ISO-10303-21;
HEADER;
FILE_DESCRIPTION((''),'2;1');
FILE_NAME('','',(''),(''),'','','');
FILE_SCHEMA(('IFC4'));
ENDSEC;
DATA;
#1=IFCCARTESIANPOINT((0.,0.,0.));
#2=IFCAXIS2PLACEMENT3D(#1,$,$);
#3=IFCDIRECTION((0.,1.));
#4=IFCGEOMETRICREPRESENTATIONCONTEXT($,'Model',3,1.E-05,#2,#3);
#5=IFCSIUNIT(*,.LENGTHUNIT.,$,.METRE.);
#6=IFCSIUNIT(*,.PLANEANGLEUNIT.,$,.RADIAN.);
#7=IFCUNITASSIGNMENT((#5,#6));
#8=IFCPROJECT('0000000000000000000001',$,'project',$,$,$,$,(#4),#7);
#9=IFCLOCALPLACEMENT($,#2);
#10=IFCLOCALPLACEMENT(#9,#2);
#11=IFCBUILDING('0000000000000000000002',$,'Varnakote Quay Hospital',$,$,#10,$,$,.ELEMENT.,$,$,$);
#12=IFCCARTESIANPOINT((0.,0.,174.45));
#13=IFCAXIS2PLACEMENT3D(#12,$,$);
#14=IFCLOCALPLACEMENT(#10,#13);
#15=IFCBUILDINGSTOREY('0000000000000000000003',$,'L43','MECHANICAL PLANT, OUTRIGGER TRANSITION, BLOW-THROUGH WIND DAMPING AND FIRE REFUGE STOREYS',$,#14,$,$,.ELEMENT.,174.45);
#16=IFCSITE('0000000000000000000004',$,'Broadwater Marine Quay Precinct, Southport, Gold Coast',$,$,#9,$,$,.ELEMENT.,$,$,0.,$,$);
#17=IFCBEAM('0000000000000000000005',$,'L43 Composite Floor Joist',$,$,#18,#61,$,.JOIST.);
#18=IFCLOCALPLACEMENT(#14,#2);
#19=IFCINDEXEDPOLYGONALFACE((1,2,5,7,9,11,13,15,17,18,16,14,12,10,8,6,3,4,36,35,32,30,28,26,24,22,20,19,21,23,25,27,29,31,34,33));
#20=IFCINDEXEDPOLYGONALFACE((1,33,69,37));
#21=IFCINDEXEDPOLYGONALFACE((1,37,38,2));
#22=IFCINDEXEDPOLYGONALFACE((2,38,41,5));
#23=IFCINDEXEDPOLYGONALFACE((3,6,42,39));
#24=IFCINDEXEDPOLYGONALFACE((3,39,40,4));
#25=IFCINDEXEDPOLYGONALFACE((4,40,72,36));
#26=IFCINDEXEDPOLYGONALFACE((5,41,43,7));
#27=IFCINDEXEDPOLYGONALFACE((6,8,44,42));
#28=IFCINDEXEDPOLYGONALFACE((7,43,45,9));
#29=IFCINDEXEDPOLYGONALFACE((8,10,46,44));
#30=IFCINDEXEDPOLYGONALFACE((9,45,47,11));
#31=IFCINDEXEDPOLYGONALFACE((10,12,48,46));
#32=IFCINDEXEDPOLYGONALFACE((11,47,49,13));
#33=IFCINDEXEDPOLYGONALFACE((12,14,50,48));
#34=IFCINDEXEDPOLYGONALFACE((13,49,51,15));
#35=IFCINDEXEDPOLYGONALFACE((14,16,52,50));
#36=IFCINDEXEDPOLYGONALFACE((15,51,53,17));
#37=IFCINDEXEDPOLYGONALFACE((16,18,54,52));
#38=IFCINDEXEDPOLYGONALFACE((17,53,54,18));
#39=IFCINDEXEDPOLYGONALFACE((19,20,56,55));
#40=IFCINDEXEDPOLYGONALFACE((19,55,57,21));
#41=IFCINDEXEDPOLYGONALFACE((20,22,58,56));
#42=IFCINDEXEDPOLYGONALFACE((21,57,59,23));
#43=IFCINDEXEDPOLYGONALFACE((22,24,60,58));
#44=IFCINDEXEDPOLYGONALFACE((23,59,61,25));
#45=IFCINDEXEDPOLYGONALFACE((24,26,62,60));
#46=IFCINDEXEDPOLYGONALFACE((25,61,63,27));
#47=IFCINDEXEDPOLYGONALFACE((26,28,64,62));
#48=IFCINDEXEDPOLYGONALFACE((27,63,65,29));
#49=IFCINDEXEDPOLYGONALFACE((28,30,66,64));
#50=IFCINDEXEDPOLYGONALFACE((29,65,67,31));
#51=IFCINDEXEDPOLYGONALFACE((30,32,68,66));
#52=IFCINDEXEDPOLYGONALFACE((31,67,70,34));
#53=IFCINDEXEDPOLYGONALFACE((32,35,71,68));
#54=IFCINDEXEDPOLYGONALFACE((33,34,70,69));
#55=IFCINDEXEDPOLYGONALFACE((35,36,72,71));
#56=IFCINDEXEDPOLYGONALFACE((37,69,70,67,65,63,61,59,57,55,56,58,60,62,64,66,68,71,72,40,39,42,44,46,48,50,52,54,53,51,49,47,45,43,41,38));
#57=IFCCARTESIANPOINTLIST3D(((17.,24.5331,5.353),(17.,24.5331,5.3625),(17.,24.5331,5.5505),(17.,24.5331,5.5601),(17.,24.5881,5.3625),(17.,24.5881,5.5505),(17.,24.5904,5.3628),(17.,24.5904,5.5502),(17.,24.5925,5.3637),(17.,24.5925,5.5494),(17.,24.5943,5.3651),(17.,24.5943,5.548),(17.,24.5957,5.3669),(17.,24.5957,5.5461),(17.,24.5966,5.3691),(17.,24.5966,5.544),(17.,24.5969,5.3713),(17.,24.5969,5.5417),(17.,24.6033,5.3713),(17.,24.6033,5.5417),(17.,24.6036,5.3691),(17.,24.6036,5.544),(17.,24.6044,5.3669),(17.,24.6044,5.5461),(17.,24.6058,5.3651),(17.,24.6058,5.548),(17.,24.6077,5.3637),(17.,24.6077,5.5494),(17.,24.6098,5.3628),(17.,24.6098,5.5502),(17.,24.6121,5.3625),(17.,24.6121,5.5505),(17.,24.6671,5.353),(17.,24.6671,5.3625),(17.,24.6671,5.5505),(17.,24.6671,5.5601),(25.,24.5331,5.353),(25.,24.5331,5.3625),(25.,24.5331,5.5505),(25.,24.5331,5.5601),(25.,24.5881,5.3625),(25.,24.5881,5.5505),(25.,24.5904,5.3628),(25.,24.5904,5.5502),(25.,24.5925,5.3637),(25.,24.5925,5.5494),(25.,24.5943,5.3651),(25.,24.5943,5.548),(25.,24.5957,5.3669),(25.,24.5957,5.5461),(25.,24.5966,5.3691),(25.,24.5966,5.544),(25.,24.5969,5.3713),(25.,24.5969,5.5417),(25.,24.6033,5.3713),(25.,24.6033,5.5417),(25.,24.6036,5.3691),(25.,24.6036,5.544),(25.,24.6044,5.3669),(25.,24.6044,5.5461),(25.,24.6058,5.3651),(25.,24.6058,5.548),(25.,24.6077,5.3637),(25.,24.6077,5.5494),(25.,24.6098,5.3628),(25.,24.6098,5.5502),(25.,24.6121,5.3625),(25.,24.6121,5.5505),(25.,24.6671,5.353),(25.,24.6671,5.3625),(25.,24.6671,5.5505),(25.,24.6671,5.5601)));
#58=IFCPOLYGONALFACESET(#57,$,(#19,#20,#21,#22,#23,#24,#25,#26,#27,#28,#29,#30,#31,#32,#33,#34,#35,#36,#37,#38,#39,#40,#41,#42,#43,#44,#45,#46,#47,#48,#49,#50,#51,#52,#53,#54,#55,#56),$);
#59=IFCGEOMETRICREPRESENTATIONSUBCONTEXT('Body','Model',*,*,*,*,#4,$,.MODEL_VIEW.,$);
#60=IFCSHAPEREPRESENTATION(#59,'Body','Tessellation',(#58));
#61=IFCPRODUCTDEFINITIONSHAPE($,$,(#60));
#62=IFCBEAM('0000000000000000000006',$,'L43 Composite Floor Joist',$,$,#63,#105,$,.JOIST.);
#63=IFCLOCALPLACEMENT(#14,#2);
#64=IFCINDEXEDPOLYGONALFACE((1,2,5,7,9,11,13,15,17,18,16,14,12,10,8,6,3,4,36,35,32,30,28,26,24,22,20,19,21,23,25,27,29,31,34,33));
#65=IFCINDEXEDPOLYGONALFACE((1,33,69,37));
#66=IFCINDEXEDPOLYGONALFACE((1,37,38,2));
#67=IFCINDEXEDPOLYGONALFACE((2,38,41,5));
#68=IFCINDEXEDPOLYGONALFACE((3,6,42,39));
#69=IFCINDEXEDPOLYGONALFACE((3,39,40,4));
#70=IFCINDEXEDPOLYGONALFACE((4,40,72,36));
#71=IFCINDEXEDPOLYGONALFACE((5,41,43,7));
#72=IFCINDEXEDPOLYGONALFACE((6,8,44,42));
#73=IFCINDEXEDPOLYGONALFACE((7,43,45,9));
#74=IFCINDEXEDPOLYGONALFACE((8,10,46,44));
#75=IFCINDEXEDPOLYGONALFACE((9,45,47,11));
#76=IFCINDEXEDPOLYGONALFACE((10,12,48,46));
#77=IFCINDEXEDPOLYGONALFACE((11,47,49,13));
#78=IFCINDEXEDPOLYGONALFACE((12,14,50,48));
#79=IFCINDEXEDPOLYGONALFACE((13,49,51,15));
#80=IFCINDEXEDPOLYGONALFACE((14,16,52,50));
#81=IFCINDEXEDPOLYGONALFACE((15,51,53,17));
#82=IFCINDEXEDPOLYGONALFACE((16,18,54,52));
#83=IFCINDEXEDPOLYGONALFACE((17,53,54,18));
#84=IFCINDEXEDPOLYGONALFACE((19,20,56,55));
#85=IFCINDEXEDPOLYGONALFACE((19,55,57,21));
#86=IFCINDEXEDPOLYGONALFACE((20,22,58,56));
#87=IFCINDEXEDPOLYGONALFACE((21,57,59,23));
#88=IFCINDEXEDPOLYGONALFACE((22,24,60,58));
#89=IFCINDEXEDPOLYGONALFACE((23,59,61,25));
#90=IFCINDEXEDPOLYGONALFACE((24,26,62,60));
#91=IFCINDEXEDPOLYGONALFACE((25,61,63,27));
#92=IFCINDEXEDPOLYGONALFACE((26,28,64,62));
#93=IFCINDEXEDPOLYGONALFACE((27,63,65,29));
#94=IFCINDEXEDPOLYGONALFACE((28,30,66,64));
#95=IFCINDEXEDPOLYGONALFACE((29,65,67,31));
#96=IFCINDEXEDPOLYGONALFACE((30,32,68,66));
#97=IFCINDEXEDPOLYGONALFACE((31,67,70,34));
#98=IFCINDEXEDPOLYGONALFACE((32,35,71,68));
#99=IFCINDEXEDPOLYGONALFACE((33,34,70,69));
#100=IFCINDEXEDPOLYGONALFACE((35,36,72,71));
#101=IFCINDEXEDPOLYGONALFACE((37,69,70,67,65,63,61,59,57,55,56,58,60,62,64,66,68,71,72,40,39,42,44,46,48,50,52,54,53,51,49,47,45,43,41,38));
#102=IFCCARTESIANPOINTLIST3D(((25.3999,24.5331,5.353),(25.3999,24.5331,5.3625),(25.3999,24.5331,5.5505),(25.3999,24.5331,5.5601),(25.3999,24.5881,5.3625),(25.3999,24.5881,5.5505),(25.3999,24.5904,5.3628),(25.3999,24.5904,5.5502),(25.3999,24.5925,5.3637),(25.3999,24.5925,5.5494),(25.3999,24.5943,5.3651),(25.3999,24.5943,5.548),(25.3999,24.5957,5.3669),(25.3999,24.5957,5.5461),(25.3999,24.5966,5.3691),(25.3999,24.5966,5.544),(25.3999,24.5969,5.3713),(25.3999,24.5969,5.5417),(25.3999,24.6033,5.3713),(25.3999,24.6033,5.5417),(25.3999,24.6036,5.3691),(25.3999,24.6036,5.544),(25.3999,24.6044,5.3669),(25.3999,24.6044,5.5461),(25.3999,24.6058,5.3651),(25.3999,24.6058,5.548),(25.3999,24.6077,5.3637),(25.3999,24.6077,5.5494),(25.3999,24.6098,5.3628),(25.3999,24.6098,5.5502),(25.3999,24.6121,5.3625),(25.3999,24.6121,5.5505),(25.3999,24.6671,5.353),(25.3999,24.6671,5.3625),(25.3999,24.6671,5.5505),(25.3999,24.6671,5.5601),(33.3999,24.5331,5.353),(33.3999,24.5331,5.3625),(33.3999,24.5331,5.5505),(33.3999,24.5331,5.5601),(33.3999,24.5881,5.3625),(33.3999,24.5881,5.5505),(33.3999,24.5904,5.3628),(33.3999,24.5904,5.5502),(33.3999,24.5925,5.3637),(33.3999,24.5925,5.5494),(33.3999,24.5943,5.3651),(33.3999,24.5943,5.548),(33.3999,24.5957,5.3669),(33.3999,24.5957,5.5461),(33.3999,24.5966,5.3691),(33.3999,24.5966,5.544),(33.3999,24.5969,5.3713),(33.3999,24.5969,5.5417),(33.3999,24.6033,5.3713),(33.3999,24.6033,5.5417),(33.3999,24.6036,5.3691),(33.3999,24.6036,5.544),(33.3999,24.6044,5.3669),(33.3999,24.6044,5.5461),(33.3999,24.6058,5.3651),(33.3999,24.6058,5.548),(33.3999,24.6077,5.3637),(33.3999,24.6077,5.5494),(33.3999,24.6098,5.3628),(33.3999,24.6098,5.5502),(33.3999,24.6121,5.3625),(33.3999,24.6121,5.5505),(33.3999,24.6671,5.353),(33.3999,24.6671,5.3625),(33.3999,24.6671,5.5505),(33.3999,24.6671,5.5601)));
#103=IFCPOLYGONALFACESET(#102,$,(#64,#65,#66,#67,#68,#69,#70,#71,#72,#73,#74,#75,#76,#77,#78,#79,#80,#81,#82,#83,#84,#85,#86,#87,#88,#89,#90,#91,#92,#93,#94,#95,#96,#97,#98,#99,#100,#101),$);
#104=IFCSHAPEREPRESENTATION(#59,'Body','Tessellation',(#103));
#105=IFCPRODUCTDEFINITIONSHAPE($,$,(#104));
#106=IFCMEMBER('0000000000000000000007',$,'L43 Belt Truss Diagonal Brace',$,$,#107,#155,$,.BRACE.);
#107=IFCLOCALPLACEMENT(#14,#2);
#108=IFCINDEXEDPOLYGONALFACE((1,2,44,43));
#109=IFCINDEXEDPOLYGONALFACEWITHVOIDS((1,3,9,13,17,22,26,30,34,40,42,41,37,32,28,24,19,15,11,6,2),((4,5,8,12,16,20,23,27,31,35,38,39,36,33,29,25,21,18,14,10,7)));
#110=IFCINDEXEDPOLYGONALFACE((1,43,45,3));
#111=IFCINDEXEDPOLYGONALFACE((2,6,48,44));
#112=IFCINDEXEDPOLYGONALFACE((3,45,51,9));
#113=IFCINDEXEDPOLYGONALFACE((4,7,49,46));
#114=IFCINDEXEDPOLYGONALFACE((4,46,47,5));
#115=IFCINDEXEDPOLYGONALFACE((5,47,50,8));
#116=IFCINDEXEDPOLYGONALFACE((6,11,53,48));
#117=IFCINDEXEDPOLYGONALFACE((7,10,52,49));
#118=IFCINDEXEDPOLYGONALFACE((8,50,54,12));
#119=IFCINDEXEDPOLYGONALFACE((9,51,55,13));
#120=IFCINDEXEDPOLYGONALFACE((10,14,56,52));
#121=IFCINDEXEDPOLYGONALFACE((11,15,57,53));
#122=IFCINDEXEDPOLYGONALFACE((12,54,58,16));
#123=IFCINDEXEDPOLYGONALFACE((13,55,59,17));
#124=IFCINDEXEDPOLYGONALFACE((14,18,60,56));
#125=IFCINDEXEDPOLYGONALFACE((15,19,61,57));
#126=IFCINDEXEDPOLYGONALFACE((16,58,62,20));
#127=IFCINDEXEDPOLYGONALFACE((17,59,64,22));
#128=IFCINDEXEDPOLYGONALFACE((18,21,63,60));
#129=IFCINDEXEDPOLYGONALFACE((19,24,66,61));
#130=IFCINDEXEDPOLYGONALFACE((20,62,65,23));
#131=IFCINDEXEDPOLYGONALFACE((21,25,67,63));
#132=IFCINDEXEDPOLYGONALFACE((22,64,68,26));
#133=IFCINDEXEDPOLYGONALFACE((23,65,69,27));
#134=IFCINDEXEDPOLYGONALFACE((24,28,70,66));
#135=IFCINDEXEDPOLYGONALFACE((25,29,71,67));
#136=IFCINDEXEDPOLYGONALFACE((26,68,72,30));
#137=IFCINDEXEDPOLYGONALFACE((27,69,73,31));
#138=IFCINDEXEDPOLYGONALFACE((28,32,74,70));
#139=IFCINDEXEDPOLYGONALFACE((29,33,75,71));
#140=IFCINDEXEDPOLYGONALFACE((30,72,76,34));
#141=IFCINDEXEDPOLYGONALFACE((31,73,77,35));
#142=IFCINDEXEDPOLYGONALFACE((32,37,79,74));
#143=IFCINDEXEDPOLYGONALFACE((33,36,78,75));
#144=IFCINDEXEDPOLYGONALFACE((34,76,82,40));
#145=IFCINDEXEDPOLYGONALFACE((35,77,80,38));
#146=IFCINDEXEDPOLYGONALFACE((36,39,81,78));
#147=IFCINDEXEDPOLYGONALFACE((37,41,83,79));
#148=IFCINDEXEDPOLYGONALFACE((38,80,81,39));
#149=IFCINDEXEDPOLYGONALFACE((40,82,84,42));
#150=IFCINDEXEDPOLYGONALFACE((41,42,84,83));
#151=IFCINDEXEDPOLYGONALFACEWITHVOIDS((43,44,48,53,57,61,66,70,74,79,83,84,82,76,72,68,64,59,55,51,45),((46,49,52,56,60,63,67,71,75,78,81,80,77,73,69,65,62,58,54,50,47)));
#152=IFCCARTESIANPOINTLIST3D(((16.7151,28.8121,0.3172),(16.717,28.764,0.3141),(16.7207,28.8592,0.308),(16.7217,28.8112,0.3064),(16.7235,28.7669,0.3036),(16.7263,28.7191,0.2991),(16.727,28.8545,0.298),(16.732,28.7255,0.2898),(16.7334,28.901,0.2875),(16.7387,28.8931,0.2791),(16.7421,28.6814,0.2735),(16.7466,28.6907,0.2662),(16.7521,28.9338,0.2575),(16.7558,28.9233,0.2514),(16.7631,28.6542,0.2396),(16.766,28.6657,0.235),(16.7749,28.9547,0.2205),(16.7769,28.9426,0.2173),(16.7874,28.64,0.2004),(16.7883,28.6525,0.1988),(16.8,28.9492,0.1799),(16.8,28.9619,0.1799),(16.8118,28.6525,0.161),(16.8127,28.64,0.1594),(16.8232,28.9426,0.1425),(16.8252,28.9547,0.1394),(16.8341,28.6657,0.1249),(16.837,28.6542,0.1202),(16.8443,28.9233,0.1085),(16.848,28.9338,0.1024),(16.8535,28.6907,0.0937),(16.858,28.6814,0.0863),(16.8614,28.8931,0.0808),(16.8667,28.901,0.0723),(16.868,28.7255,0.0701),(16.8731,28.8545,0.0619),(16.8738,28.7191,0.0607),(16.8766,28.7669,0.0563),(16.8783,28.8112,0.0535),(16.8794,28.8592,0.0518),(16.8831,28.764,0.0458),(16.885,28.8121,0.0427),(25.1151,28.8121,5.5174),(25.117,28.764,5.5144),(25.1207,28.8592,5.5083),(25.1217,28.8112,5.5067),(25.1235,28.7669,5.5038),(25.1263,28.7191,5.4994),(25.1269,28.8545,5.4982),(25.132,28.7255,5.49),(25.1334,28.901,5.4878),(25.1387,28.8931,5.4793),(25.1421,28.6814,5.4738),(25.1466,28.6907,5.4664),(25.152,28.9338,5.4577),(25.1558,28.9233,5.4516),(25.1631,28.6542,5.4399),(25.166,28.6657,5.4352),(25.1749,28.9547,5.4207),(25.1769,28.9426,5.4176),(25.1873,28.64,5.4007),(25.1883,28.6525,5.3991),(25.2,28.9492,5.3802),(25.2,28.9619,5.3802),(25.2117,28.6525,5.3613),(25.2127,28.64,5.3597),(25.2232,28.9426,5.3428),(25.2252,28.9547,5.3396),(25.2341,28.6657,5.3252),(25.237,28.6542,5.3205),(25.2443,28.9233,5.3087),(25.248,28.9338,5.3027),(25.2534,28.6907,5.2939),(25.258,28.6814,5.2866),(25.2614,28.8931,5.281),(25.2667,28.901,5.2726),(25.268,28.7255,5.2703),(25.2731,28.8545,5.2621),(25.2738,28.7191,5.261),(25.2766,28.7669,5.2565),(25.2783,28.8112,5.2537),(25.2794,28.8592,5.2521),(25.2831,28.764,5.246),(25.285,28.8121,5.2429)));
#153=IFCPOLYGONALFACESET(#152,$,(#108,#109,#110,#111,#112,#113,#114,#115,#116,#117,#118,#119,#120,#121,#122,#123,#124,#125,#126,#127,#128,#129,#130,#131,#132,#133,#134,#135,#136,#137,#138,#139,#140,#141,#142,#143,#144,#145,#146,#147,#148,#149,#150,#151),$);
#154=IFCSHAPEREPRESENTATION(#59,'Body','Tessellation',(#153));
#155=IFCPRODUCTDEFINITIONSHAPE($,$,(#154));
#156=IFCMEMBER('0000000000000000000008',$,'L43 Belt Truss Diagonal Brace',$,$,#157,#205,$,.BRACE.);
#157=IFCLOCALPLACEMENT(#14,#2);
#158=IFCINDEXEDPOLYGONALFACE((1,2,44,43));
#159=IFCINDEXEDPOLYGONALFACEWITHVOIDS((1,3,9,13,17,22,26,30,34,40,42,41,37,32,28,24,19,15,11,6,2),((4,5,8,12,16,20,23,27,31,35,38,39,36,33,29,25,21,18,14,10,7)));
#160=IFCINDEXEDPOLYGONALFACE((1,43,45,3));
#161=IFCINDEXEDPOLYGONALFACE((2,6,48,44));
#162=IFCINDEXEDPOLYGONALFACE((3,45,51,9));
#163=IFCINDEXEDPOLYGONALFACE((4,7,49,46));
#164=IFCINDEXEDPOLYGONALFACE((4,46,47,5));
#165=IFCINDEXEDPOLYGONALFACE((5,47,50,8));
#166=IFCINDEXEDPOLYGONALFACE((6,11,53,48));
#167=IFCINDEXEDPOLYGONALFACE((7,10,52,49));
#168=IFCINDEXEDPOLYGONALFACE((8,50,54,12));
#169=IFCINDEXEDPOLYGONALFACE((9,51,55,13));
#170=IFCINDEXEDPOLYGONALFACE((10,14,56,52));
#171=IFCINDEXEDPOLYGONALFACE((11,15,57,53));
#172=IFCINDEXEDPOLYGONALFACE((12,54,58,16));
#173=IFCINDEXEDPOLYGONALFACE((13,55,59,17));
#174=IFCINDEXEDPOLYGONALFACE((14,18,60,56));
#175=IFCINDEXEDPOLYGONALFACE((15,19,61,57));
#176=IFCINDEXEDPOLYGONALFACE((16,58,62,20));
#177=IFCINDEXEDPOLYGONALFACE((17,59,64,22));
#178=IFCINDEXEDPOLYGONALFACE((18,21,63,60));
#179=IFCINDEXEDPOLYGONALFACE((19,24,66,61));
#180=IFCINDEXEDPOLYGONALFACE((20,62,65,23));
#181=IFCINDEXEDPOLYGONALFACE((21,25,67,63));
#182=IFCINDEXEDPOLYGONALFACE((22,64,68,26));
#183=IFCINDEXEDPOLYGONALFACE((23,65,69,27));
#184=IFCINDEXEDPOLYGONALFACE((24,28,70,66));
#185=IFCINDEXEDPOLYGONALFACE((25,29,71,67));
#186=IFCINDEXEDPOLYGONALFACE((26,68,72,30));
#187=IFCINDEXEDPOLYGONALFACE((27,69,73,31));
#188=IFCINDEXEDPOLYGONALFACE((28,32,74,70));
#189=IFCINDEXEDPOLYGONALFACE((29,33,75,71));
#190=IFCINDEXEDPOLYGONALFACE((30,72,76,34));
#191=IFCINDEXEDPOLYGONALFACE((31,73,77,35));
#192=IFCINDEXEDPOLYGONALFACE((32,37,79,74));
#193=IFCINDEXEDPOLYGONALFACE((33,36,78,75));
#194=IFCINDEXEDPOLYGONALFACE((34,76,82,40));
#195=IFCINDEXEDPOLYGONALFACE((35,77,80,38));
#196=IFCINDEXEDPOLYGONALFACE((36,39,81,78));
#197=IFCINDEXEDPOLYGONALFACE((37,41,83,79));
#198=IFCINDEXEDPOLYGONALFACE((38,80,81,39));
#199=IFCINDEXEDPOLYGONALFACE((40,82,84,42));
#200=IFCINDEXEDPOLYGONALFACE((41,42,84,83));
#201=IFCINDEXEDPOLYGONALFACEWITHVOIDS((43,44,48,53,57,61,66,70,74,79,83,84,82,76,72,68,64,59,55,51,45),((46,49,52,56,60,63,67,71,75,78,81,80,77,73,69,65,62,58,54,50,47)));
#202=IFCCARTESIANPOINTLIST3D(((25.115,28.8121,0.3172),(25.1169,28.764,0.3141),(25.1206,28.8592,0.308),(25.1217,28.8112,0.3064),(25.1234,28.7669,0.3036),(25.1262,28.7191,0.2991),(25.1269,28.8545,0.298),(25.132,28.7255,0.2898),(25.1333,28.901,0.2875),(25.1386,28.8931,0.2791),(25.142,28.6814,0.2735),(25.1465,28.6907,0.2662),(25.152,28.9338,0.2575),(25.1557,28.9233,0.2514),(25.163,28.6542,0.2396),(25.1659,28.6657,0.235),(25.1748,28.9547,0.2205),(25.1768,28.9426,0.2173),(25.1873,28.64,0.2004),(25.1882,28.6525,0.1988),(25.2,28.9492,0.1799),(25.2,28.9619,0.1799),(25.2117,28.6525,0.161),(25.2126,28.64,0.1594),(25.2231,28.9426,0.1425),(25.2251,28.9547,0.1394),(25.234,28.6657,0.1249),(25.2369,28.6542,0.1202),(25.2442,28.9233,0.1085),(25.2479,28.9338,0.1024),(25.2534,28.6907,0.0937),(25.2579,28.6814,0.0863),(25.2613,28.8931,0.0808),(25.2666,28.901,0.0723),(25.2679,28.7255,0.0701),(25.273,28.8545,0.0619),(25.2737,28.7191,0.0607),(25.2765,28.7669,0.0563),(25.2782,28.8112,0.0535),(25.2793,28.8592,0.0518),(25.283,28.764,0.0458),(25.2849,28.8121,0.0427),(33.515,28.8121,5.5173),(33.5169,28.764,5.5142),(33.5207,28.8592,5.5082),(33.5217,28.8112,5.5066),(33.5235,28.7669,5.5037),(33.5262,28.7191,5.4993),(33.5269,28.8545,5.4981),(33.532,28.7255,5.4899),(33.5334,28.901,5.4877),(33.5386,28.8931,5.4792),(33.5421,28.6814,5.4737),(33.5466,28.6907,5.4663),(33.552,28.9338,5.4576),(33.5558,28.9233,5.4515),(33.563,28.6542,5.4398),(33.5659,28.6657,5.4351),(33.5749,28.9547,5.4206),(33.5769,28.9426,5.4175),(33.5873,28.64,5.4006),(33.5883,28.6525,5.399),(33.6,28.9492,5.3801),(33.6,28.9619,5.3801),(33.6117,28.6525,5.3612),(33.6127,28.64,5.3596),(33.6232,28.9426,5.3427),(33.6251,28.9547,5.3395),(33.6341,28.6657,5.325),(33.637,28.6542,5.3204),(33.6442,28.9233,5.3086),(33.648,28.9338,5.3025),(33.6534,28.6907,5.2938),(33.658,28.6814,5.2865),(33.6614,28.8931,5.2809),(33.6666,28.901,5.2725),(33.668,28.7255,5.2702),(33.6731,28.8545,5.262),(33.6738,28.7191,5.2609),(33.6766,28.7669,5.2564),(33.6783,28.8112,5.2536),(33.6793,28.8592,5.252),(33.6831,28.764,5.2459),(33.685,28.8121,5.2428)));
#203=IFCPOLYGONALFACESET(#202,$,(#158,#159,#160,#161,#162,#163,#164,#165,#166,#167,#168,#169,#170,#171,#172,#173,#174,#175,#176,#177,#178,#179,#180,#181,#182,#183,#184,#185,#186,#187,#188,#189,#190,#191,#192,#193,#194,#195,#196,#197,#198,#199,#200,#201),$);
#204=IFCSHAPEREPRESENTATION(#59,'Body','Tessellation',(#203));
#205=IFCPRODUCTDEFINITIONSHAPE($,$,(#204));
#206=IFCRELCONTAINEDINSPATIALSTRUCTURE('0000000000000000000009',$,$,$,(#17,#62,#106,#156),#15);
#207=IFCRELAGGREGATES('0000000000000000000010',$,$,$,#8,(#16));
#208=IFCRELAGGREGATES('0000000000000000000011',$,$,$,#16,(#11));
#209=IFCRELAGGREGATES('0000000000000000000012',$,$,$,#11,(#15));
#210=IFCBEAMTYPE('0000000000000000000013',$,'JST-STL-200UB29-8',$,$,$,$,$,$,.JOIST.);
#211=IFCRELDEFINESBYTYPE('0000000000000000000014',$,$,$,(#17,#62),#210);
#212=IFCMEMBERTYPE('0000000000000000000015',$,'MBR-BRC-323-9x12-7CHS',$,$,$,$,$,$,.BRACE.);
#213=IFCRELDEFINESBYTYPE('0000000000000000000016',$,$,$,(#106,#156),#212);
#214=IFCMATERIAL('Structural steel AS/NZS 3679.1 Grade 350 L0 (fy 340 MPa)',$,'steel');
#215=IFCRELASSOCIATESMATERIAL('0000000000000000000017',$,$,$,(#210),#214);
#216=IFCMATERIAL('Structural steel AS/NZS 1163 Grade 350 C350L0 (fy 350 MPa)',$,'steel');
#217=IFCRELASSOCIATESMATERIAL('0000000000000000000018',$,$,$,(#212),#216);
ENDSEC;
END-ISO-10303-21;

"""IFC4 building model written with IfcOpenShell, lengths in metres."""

from ifc_helpers import new_model, si_unit, direction, frame, origin, origin_2d, place, context, subcontext, project, spatial, hollow_circle, i_section, extrude, material, material_profile, profile_set, type_object, element, save


model = new_model("IFC4")

# Units and contexts
model_context = context("Model", 3, precision=1e-05, world=origin(), true_north=direction((0.0, 1.0)))
body_context = subcontext(model_context, "Body", "Model", "MODEL_VIEW")
ifc_project = project(units=[si_unit("LENGTHUNIT", "METRE"), si_unit("PLANEANGLEUNIT", "RADIAN")], contexts=[model_context])

# Site, building, storey
site_placement = place(None, origin())
site = spatial("IfcSite", under=ifc_project, at=site_placement, Name="Broadwater Marine Quay Precinct, Southport, Gold Coast", CompositionType="ELEMENT", RefElevation=0.0)
building_placement = place(site_placement, origin())
building = spatial("IfcBuilding", under=site, at=building_placement, Name="Varnakote Quay Hospital", CompositionType="ELEMENT")
storey_placement = place(building_placement, frame((0.0, 0.0, 174.45)))
storey = spatial("IfcBuildingStorey", under=building, at=storey_placement, Name="L43", Description="MECHANICAL PLANT, OUTRIGGER TRANSITION, BLOW-THROUGH WIND DAMPING AND FIRE REFUGE STOREYS", CompositionType="ELEMENT", Elevation=174.45)

# Beams
ifc_material_1 = material(Name="Structural steel AS/NZS 3679.1 Grade 350 L0 (fy 340 MPa)", Category="steel")
ifc_material_profile_1 = material_profile(ifc_material_1, i_section(OverallWidth=0.134, OverallDepth=0.207, WebThickness=0.0063, FlangeThickness=0.0095, FilletRadius=0.0088, at=origin_2d()), Name="200UB29.8")
ifc_profile_set_1 = profile_set([ifc_material_profile_1], Name="Structural steel AS/NZS 3679.1 Grade 350 L0 (fy 340 MPa)")
beam_type_1 = type_object("IfcBeamType", Name="JST-STL-200UB29-8", PredefinedType="JOIST", material=ifc_profile_set_1)
for number, where, z_axis, x_axis, name in (
    (1, (17.0, 24.6001, 5.4565), (1.0, 0.0, 0.0), (0.0, 1.0, 0.0), "L43 Composite Floor Joist"),
    (2, (25.3999, 24.6001, 5.4565), (1.0, 0.0, 0.0), (0.0, 1.0, 0.0), "L43 Composite Floor Joist"),
):
    element("IfcBeam", number, at=place(storey_placement, frame(where, z_axis=z_axis, x_axis=x_axis)), inside=storey, type_object=beam_type_1, Name=name, PredefinedType="JOIST", context=body_context, shape_type="SweptSolid", body=[
        extrude(i_section(OverallWidth=0.134, OverallDepth=0.207, WebThickness=0.0063, FlangeThickness=0.0095, FilletRadius=0.0088, at=origin_2d()), origin(), (0.0, 0.0, 1.0), 8.0),
    ])

# Members
ifc_material_2 = material(Name="Structural steel AS/NZS 1163 Grade 350 C350L0 (fy 350 MPa)", Category="steel")
ifc_material_profile_2 = material_profile(ifc_material_2, hollow_circle(Radius=0.1619, WallThickness=0.0127, at=origin_2d()), Name="323.9x12.7CHS")
ifc_profile_set_2 = profile_set([ifc_material_profile_2], Name="Structural steel AS/NZS 1163 Grade 350 C350L0 (fy 350 MPa)")
member_type_1 = type_object("IfcMemberType", Name="MBR-BRC-323-9x12-7CHS", PredefinedType="BRACE", material=ifc_profile_set_2)
for number, where, z_axis, x_axis, name in (
    (3, (16.8, 28.8, 0.1799), (0.850254, 0.0, 0.526373), (0.0, 1.0, 0.0), "L43 Belt Truss Diagonal Brace"),
    (4, (25.2, 28.8, 0.1799), (0.85026, 0.0, 0.526362), (0.0, 1.0, 0.0), "L43 Belt Truss Diagonal Brace"),
):
    element("IfcMember", number, at=place(storey_placement, frame(where, z_axis=z_axis, x_axis=x_axis)), inside=storey, type_object=member_type_1, Name=name, PredefinedType="BRACE", context=body_context, shape_type="SweptSolid", body=[
        extrude(hollow_circle(Radius=0.1619, WallThickness=0.0127, at=origin_2d()), origin(), (0.0, 0.0, 1.0), 9.8794),
    ])

save(model, "model.ifc")
